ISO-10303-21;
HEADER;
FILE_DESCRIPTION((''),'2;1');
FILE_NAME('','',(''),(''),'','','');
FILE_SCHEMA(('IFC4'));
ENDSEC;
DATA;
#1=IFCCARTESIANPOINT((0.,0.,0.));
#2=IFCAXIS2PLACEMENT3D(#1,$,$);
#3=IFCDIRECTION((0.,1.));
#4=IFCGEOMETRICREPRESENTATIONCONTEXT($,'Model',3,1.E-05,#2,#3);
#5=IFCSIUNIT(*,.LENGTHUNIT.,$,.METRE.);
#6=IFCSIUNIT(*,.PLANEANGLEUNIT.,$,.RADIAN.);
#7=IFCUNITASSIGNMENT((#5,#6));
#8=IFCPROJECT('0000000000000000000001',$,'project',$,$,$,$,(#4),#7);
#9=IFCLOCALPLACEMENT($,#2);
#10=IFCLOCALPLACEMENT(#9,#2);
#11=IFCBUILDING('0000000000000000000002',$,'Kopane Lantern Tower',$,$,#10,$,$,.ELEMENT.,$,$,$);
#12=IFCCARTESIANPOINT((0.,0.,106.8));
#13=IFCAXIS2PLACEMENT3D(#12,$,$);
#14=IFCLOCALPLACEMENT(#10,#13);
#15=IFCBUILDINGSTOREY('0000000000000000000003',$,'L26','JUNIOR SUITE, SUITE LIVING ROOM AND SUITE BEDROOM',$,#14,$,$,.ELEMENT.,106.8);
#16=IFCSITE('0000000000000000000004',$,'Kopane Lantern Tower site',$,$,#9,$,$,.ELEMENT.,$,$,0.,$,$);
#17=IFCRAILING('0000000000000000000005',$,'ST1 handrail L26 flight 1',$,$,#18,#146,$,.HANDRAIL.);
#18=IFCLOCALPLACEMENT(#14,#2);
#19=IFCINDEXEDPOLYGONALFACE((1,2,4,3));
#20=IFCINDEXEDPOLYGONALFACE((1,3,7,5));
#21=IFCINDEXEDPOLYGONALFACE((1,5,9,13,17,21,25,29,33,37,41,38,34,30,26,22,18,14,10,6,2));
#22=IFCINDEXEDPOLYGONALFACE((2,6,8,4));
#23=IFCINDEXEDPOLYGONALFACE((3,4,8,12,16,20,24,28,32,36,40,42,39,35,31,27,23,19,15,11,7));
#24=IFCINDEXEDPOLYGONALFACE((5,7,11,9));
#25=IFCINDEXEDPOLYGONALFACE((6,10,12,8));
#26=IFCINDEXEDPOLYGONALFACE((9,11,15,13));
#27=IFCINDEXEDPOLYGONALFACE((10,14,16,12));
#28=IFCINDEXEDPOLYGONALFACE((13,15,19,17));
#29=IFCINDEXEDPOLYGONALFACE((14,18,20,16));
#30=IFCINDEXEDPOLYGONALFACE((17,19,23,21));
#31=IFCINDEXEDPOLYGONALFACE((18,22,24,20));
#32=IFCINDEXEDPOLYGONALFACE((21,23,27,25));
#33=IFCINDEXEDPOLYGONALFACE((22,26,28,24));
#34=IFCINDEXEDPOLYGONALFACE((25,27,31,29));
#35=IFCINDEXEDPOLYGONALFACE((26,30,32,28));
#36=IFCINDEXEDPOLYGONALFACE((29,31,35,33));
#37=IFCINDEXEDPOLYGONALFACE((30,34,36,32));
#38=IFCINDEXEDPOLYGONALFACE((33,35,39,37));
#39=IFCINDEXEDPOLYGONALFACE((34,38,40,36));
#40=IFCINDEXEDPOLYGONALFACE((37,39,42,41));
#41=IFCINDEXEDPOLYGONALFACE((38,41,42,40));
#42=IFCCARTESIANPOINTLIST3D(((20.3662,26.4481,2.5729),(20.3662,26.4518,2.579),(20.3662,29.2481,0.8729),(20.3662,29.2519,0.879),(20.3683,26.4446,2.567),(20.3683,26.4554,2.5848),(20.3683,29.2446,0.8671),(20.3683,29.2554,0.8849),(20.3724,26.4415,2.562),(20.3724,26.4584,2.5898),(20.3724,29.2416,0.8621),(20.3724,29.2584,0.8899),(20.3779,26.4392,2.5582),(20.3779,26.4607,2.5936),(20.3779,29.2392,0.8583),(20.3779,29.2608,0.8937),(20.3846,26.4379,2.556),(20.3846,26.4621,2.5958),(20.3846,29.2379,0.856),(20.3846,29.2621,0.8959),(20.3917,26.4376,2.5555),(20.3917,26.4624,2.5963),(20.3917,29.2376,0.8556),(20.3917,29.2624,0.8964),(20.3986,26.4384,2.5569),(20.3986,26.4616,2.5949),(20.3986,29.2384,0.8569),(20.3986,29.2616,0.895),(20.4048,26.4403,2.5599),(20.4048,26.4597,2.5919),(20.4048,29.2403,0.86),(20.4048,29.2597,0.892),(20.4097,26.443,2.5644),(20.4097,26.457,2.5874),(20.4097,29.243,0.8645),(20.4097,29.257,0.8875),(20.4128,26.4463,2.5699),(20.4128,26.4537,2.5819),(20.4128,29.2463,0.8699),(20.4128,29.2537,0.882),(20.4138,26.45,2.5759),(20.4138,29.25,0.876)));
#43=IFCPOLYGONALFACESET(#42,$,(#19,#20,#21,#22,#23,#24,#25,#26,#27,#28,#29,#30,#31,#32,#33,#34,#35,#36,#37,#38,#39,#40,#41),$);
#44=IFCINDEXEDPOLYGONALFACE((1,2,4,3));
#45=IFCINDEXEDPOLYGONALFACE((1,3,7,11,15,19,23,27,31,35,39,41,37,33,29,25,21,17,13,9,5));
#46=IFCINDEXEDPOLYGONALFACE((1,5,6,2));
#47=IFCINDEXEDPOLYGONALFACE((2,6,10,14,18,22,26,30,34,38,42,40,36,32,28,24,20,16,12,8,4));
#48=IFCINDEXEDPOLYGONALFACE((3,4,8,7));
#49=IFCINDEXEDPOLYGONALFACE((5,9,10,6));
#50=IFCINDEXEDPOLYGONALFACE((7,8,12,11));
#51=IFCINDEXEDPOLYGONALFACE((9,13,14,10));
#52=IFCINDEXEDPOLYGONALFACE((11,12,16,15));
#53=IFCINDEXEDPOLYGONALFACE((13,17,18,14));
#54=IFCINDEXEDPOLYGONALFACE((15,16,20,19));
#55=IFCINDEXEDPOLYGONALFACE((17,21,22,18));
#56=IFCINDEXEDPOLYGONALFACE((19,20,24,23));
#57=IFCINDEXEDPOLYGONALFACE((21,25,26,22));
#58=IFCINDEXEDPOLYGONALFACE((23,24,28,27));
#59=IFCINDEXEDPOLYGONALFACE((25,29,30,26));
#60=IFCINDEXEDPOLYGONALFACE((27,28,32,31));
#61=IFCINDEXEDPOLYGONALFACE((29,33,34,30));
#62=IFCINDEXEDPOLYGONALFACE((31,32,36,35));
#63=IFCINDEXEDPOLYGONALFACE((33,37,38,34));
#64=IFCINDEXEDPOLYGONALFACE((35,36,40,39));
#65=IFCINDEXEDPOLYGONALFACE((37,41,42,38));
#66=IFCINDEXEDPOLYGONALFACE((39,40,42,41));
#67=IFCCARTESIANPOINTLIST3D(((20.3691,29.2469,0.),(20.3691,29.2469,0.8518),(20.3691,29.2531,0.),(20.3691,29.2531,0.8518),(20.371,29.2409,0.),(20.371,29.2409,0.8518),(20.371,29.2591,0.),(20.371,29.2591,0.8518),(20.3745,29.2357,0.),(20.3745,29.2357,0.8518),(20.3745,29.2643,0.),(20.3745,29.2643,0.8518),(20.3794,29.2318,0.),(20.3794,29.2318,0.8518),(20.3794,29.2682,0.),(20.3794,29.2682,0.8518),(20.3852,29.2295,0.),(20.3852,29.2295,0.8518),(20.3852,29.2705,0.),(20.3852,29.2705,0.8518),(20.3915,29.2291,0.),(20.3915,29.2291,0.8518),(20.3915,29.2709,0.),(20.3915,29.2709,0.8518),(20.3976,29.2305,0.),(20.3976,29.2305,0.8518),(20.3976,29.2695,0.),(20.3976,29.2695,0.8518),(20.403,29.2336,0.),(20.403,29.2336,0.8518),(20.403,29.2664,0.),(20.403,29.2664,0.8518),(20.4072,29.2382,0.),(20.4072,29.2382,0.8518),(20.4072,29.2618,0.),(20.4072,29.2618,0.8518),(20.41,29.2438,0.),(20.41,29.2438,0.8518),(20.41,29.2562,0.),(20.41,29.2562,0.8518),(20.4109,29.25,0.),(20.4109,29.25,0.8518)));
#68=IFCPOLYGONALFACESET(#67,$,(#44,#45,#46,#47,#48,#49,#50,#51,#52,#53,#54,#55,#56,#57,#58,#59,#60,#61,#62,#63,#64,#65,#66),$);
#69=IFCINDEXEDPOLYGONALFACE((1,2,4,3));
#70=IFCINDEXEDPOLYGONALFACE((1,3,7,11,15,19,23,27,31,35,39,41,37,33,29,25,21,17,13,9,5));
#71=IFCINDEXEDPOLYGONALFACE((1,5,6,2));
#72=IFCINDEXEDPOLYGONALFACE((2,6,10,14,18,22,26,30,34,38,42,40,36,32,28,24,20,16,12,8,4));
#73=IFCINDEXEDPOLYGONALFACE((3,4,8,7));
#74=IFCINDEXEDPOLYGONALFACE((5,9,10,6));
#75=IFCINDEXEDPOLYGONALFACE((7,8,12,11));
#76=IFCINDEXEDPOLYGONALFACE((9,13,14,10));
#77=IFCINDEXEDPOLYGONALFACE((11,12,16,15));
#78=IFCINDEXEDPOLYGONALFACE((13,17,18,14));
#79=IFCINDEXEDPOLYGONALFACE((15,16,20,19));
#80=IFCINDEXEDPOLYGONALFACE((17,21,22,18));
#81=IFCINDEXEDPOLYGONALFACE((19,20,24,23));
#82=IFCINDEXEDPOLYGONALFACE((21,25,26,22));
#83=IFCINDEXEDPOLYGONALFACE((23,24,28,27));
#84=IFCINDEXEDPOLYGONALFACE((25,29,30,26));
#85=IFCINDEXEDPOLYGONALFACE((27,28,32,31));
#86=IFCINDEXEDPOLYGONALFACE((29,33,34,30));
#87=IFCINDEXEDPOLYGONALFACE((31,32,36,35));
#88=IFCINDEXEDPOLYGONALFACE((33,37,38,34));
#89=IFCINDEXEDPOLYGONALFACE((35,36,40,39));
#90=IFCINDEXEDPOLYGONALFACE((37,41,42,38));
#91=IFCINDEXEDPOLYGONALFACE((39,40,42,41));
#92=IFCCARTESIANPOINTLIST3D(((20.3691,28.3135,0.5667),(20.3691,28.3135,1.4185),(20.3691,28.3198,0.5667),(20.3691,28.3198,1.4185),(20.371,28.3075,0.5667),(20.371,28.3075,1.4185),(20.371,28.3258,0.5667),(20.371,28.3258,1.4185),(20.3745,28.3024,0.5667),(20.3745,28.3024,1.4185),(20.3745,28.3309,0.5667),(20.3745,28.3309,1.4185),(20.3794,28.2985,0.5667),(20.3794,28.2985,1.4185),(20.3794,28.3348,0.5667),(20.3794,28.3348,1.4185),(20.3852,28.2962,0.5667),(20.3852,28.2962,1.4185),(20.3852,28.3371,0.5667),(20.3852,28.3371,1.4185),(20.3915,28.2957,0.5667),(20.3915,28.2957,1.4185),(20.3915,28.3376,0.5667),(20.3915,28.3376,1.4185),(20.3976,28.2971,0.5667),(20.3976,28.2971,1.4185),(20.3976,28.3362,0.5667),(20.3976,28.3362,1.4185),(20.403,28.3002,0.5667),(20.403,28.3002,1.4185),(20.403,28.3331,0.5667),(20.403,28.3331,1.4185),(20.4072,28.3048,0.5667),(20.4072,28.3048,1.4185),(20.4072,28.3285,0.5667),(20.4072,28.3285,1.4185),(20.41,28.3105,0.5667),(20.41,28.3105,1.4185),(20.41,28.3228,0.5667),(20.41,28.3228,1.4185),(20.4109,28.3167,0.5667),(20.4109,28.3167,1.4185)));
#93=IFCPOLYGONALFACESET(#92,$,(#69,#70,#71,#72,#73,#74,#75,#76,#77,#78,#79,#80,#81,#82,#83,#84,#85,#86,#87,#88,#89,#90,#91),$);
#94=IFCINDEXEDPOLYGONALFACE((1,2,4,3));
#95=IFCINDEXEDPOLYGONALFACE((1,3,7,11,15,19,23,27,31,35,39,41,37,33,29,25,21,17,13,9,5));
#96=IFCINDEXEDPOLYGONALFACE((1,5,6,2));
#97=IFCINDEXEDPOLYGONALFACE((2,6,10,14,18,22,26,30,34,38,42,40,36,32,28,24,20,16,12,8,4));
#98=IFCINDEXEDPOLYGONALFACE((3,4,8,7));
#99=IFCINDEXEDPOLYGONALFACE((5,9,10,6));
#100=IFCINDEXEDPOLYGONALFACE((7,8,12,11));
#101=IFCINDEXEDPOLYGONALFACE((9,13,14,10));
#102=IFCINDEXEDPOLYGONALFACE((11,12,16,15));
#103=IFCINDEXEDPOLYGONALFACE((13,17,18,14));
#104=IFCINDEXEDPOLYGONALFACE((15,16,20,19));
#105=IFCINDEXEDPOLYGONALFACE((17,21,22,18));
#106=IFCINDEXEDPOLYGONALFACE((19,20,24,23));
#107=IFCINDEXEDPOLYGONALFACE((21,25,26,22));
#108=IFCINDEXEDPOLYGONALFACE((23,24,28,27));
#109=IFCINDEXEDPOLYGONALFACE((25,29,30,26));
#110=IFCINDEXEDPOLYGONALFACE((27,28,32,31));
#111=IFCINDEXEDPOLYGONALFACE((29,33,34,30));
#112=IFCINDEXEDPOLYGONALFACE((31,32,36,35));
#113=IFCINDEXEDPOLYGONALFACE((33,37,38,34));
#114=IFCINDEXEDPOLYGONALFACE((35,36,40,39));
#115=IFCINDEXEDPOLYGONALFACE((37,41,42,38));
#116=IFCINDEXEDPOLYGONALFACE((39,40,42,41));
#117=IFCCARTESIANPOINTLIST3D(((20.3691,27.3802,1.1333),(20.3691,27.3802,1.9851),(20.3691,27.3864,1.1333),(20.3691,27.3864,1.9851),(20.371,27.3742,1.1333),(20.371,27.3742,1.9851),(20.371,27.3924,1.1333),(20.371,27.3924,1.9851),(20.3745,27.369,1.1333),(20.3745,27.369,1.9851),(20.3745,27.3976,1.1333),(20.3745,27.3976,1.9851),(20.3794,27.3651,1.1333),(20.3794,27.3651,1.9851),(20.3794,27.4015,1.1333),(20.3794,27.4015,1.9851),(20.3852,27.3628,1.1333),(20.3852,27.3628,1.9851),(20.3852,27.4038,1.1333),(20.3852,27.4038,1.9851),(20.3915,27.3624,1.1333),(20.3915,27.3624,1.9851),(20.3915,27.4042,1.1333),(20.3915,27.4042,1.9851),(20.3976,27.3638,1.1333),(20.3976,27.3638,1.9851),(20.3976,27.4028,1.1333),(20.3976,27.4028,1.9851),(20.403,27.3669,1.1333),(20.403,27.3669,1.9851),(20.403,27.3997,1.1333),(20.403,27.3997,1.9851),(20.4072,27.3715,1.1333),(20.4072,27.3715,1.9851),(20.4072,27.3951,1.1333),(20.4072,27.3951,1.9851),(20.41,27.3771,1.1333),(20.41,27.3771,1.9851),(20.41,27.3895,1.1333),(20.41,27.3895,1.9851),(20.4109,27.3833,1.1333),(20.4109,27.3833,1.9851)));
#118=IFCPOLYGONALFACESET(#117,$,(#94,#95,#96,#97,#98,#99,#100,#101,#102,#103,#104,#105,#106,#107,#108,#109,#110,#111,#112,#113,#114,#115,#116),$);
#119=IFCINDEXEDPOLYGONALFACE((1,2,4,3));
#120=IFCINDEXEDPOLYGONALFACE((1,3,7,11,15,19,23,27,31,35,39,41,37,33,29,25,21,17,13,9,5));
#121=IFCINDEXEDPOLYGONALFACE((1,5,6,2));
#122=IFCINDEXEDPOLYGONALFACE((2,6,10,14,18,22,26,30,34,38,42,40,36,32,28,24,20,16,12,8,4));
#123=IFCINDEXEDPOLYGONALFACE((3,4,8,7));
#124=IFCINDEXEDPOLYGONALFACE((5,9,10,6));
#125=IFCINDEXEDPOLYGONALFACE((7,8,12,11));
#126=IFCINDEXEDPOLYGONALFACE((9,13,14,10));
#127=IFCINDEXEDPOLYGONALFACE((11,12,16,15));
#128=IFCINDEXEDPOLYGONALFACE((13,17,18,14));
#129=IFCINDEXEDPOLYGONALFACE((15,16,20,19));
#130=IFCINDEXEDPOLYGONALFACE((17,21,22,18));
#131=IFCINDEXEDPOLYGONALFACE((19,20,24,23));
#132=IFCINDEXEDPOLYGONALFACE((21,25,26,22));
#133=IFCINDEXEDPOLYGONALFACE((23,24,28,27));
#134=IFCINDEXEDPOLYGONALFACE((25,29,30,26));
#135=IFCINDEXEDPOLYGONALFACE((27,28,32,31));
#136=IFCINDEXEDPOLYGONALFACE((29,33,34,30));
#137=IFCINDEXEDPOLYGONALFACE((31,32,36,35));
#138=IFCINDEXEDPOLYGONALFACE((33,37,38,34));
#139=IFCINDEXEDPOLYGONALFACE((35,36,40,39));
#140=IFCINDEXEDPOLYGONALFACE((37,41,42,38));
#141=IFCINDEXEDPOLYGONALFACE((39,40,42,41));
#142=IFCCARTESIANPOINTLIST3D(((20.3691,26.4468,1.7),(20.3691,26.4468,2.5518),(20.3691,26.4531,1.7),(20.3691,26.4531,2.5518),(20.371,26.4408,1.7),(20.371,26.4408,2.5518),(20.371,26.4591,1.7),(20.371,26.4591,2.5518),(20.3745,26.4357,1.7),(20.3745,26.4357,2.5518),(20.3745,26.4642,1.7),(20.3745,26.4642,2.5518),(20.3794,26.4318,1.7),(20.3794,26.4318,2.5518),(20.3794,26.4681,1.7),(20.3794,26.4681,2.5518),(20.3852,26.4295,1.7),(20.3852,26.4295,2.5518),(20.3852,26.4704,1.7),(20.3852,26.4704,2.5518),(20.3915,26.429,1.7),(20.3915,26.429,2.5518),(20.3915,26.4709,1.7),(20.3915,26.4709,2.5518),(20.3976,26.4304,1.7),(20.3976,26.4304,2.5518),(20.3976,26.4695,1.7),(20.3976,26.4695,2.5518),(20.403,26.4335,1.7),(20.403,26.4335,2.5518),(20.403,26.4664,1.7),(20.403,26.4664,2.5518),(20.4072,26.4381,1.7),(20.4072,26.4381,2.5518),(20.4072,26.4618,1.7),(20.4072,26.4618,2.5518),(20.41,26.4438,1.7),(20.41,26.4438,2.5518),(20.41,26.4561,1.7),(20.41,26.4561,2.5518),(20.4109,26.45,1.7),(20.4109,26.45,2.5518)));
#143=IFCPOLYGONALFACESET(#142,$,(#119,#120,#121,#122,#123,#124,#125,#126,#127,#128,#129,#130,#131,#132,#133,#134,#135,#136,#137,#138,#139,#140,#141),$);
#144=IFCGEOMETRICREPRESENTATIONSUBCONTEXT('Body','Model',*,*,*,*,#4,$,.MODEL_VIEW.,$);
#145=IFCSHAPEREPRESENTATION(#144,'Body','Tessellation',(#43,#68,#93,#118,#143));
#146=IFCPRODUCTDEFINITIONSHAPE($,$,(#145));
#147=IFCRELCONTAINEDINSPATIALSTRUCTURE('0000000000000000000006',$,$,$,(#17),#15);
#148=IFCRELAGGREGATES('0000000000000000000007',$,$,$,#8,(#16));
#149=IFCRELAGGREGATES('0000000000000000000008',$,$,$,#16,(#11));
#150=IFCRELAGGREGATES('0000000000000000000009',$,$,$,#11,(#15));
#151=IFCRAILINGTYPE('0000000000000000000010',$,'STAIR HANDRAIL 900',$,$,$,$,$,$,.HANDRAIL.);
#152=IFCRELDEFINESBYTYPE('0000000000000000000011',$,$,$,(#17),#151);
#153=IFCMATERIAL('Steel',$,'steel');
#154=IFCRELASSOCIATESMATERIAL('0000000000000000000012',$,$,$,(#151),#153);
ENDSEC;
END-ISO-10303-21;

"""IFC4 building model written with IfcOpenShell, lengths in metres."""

from ifc_helpers import new_model, si_unit, direction, frame, origin, origin_2d, place, context, subcontext, project, spatial, circle, extrude, material, type_object, element, save


model = new_model("IFC4")

# Units and contexts
model_context = context("Model", 3, precision=1e-05, world=origin(), true_north=direction((0.0, 1.0)))
body_context = subcontext(model_context, "Body", "Model", "MODEL_VIEW")
ifc_project = project(units=[si_unit("LENGTHUNIT", "METRE"), si_unit("PLANEANGLEUNIT", "RADIAN")], contexts=[model_context])

# Site, building, storey
site_placement = place(None, origin())
site = spatial("IfcSite", under=ifc_project, at=site_placement, Name="Kopane Lantern Tower site", CompositionType="ELEMENT", RefElevation=0.0)
building_placement = place(site_placement, origin())
building = spatial("IfcBuilding", under=site, at=building_placement, Name="Kopane Lantern Tower", CompositionType="ELEMENT")
storey_placement = place(building_placement, frame((0.0, 0.0, 106.8)))
storey = spatial("IfcBuildingStorey", under=building, at=storey_placement, Name="L26", Description="JUNIOR SUITE, SUITE LIVING ROOM AND SUITE BEDROOM", CompositionType="ELEMENT", Elevation=106.8)

# Railing
ifc_material_1 = material(Name="Steel", Category="steel")
railing_type_1 = type_object("IfcRailingType", Name="STAIR HANDRAIL 900", PredefinedType="HANDRAIL", material=ifc_material_1)
for number, where, name in (
    (1, (20.3899, 29.25, 0.0), "ST1 handrail L26 flight 1"),
):
    element("IfcRailing", number, at=place(storey_placement, frame(where)), inside=storey, type_object=railing_type_1, Name=name, PredefinedType="HANDRAIL", context=body_context, shape_type="SweptSolid", body=[
        extrude(circle(Radius=0.0239, at=origin_2d()), frame((0.0, 0.0, 0.876), z_axis=(0.0, -0.854798, 0.518961), x_axis=(1.0, 0.0, 0.0)), (0.0, 0.0, 1.0), 3.2756),
        extrude(circle(Radius=0.021, at=origin_2d()), origin(), (0.0, 0.0, 1.0), 0.8518),
        extrude(circle(Radius=0.021, at=origin_2d()), frame((0.0, -0.9333, 0.5667)), (0.0, 0.0, 1.0), 0.8518),
        extrude(circle(Radius=0.021, at=origin_2d()), frame((0.0, -1.8667, 1.1333)), (0.0, 0.0, 1.0), 0.8518),
        extrude(circle(Radius=0.021, at=origin_2d()), frame((0.0, -2.8, 1.7)), (0.0, 0.0, 1.0), 0.8518),
    ])

save(model, "model.ifc")
